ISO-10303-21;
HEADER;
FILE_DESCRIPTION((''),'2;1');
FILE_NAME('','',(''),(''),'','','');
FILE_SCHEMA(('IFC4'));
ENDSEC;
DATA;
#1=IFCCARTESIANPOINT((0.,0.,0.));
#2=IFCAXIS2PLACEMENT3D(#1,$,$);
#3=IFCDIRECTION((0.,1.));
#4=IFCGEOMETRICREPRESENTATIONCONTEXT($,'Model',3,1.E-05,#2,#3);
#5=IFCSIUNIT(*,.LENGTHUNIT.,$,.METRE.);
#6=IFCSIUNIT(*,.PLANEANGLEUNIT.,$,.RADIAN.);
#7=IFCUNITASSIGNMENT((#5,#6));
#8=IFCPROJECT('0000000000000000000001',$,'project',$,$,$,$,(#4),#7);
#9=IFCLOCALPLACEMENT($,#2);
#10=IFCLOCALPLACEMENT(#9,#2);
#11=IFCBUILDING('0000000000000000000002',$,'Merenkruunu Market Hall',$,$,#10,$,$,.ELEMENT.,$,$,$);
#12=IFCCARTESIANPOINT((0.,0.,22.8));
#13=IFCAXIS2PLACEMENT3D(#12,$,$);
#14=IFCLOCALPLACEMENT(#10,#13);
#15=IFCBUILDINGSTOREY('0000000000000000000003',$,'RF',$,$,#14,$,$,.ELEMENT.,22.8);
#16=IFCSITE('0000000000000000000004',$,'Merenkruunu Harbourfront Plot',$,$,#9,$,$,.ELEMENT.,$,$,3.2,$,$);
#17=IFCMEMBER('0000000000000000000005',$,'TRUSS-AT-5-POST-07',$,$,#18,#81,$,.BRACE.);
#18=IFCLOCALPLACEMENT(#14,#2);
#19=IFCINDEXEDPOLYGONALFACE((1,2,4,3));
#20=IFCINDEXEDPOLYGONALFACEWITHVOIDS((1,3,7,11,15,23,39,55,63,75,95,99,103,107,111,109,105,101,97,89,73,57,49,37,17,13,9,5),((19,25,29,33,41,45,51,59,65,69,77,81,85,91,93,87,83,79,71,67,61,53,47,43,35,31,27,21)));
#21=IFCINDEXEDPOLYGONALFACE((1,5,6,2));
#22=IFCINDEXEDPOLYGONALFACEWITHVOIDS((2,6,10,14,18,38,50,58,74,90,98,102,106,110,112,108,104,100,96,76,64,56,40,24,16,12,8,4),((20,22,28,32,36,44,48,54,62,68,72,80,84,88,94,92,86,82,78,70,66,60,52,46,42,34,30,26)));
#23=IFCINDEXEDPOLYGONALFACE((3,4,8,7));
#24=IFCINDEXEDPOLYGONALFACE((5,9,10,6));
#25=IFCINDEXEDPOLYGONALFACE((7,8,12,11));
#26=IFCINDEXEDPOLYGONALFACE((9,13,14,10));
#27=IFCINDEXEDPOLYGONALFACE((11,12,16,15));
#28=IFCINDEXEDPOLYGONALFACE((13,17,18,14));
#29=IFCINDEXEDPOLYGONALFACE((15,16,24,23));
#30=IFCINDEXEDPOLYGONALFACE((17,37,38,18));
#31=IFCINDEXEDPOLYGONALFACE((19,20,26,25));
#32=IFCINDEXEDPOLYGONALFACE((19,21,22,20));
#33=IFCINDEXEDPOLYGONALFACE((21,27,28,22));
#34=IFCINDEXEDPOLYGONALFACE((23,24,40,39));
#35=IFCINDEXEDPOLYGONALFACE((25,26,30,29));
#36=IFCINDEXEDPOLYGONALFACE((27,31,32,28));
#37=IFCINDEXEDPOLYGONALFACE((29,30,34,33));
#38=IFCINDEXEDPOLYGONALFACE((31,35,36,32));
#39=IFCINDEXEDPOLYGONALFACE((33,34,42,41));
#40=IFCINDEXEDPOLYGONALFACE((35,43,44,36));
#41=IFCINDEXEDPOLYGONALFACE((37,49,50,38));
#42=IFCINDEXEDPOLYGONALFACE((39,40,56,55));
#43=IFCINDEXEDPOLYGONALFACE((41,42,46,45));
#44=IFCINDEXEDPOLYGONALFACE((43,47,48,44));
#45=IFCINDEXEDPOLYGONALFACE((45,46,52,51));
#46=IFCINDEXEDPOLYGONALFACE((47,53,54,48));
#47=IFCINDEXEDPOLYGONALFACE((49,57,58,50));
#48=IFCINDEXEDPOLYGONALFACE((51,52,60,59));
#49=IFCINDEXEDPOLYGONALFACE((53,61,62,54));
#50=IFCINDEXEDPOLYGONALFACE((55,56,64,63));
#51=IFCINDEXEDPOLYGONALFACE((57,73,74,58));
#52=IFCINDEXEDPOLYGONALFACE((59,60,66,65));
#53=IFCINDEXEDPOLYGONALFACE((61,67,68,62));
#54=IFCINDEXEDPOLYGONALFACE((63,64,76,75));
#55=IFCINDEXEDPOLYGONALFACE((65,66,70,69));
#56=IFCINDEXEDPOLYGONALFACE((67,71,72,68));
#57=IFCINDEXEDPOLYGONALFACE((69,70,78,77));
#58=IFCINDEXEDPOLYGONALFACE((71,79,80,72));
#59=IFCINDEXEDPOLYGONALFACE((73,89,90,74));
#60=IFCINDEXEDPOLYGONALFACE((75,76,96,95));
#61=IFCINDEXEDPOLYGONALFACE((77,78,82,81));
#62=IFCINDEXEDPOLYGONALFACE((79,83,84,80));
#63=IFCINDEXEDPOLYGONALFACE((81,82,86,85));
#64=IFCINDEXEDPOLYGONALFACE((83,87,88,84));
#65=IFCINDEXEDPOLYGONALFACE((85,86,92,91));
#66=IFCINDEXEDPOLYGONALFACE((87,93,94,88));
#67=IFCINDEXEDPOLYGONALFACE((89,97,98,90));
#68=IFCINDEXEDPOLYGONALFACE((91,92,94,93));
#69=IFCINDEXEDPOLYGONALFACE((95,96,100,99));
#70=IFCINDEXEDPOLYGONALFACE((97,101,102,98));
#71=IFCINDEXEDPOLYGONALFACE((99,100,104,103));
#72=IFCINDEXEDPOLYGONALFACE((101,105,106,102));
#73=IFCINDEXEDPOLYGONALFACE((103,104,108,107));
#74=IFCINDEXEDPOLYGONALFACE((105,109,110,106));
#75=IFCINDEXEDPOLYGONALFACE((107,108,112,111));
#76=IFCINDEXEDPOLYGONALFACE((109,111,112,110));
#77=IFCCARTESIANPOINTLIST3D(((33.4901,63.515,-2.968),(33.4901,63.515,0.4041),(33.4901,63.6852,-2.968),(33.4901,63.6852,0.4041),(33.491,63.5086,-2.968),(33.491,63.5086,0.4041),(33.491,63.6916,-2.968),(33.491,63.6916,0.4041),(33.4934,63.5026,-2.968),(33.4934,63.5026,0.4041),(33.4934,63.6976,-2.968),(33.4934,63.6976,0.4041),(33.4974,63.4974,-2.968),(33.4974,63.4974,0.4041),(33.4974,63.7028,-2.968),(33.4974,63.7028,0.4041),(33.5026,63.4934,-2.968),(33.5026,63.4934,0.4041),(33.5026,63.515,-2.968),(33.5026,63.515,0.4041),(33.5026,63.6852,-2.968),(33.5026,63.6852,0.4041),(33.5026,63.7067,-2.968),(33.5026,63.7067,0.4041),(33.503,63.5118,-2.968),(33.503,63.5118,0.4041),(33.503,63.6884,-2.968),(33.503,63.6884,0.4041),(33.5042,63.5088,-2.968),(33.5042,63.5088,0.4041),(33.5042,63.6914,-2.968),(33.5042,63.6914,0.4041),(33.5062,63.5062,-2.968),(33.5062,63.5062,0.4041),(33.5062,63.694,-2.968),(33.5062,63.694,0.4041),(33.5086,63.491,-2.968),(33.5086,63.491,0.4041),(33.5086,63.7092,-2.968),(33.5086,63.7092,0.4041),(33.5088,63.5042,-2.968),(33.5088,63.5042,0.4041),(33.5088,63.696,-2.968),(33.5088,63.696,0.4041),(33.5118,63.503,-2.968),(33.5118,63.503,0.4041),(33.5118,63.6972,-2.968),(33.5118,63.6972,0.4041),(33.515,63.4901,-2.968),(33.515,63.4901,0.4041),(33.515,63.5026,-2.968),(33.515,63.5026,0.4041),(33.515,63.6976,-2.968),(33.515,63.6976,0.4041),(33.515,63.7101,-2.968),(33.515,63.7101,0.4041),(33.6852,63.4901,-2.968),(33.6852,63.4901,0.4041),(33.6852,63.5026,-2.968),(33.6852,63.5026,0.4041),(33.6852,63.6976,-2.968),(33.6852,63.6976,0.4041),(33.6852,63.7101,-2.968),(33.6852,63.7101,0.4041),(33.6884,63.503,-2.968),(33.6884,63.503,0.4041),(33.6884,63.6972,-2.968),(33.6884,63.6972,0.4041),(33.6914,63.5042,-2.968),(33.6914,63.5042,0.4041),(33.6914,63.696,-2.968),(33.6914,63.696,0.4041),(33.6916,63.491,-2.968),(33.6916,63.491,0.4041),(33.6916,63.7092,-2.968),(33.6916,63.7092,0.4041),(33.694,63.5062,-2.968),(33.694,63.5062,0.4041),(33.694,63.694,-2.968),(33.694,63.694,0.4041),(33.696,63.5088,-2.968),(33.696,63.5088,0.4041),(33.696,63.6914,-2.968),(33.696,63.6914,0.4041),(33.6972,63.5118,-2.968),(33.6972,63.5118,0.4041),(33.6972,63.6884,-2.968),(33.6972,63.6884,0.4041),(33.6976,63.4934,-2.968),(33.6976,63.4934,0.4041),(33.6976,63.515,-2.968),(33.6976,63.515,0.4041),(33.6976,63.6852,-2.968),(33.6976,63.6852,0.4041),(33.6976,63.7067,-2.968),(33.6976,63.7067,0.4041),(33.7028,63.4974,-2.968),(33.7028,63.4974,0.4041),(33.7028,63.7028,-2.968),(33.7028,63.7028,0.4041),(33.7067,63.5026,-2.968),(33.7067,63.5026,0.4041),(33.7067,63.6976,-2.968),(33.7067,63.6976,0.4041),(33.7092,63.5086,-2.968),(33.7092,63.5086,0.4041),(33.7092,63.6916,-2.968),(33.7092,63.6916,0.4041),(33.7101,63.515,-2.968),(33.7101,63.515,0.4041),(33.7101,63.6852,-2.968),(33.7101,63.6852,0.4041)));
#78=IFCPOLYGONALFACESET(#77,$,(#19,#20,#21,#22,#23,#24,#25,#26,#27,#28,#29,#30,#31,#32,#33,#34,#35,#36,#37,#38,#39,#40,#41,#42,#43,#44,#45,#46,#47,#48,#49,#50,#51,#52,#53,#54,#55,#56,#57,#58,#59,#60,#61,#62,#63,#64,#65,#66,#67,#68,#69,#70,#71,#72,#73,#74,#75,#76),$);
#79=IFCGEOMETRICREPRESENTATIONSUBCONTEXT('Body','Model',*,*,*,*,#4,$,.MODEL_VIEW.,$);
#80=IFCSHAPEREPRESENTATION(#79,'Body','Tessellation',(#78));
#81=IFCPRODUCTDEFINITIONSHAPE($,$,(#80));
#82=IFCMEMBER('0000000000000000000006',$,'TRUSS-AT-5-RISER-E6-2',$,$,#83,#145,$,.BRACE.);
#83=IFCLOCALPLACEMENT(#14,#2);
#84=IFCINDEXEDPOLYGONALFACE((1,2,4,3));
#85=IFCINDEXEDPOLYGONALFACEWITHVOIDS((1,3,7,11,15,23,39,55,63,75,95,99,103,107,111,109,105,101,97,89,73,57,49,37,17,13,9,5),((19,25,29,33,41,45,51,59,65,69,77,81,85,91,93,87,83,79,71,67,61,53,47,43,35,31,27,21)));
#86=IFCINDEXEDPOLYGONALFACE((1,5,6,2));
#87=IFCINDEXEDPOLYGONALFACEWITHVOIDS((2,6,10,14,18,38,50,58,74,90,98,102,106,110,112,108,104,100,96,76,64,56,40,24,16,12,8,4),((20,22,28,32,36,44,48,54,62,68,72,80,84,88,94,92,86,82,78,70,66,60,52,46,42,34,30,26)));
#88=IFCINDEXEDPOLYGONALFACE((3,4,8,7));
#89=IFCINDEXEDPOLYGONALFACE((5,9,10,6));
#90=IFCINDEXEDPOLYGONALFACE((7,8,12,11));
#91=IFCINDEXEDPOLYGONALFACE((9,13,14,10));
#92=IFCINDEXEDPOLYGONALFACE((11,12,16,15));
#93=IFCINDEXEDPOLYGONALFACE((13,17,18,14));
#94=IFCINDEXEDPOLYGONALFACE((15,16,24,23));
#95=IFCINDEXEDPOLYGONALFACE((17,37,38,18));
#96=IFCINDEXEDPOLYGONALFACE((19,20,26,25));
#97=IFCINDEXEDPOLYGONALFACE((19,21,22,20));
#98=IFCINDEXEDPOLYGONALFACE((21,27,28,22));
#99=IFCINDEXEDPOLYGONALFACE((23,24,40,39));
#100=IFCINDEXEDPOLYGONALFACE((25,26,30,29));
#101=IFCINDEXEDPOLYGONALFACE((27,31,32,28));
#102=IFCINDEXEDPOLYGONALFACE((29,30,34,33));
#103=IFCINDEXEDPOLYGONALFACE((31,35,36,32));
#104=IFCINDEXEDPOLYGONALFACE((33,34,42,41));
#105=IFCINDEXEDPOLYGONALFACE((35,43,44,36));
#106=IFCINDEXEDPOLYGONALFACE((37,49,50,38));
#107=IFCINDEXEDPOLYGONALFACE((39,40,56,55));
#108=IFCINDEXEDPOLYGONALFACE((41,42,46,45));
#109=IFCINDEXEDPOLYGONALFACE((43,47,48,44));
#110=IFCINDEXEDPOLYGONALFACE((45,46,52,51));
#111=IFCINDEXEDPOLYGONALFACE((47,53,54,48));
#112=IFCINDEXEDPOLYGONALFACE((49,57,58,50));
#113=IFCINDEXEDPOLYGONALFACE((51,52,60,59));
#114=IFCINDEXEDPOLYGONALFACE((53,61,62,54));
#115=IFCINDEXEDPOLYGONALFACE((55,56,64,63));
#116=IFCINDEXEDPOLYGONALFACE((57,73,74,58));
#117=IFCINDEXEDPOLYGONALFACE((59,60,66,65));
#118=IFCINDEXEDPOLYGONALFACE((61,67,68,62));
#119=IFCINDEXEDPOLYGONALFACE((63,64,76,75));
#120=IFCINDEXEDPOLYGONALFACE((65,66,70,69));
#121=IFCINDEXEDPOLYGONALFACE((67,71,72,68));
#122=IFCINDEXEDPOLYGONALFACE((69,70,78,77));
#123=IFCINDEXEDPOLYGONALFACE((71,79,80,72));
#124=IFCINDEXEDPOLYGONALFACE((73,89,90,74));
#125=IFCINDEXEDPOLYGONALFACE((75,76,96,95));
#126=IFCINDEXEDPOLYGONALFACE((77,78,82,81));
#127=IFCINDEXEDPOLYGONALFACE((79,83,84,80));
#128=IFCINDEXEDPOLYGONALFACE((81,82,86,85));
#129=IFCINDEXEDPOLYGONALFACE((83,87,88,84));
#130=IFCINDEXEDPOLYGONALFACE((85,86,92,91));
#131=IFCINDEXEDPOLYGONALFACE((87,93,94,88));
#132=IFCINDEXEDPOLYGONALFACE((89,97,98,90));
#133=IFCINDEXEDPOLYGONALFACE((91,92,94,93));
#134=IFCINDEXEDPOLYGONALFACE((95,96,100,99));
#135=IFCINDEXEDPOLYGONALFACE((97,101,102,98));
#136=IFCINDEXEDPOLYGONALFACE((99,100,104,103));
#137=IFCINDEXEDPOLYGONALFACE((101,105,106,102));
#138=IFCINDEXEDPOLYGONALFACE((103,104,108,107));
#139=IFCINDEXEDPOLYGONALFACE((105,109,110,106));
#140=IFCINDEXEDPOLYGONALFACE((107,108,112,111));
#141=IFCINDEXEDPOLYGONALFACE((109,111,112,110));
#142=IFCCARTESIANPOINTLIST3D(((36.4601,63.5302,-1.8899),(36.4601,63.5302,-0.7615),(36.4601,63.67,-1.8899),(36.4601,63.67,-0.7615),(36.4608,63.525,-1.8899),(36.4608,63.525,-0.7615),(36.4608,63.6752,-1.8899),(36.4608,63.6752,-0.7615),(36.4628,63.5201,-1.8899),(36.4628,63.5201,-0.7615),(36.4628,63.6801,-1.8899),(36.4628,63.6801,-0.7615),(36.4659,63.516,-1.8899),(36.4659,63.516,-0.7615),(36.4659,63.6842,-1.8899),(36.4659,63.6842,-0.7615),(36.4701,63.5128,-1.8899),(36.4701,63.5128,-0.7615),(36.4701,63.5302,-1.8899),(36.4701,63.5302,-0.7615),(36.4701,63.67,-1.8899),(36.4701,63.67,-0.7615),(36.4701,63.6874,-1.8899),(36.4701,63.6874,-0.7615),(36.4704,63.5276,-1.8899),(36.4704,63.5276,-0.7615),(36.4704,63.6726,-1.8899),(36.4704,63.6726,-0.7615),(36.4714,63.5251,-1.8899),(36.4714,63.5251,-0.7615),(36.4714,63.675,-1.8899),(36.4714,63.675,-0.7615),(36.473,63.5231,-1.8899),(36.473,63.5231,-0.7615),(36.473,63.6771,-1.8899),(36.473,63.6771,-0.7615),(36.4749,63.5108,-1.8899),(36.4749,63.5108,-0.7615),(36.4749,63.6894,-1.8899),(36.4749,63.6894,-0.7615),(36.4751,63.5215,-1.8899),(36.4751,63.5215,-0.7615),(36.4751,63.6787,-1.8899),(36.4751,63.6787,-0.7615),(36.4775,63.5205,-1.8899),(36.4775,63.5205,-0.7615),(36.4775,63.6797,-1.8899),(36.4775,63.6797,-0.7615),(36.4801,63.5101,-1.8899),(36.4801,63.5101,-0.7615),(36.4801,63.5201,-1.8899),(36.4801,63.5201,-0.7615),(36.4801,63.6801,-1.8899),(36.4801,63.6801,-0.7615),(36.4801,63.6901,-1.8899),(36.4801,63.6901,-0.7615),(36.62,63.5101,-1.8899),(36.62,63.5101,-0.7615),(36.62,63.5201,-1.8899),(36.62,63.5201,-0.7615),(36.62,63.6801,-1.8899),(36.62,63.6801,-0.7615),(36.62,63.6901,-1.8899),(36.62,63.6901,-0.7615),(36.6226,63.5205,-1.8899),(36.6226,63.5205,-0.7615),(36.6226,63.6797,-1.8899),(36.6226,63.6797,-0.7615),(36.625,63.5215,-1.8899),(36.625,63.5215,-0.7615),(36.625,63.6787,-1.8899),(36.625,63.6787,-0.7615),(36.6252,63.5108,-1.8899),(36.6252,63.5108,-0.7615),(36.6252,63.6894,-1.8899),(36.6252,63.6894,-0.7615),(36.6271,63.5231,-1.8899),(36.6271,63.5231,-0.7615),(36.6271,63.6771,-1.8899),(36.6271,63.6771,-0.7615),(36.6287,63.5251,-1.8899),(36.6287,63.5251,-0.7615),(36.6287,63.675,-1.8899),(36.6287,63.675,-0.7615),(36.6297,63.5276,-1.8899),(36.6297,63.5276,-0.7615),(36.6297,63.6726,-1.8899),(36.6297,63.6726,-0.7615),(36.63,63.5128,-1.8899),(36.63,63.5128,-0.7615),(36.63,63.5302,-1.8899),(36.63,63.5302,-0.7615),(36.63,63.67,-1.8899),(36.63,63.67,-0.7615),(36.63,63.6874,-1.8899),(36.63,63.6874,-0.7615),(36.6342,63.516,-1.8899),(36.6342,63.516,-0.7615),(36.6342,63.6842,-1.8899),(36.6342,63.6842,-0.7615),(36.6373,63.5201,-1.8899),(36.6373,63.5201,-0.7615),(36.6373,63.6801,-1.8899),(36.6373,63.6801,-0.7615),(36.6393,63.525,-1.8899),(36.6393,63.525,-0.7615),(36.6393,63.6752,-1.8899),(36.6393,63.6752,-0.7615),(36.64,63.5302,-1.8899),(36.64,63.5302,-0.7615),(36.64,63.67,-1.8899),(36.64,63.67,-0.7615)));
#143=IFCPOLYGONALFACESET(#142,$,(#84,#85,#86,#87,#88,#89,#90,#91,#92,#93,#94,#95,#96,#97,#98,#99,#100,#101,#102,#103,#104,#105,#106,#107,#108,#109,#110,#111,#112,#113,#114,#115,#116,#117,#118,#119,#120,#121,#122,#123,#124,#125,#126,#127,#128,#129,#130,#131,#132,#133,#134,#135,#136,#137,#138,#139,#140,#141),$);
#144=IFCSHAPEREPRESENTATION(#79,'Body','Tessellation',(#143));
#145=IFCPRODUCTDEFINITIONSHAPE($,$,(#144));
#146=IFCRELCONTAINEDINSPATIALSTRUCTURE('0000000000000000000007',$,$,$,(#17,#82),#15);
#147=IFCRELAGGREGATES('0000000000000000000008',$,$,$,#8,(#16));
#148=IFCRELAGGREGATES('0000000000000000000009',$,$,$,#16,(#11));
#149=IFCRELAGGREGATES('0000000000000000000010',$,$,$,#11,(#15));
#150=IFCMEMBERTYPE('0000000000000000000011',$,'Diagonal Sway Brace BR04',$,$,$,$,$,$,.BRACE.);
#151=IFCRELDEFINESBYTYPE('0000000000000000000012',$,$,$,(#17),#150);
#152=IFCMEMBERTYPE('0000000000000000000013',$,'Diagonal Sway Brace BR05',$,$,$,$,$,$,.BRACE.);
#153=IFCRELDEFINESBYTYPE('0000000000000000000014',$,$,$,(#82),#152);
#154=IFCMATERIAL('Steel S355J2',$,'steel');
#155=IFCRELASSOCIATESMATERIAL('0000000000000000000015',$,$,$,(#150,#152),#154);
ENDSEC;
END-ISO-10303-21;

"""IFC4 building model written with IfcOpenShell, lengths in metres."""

from ifc_helpers import new_model, si_unit, direction, frame, origin, origin_2d, place, context, subcontext, project, spatial, hollow_rectangle, extrude, material, material_profile, profile_set, type_object, element, save


model = new_model("IFC4")

# Units and contexts
model_context = context("Model", 3, precision=1e-05, world=origin(), true_north=direction((0.0, 1.0)))
body_context = subcontext(model_context, "Body", "Model", "MODEL_VIEW")
ifc_project = project(units=[si_unit("LENGTHUNIT", "METRE"), si_unit("PLANEANGLEUNIT", "RADIAN")], contexts=[model_context])

# Site, building, storey
site_placement = place(None, origin())
site = spatial("IfcSite", under=ifc_project, at=site_placement, Name="Merenkruunu Harbourfront Plot", CompositionType="ELEMENT", RefElevation=3.2)
building_placement = place(site_placement, origin())
building = spatial("IfcBuilding", under=site, at=building_placement, Name="Merenkruunu Market Hall", CompositionType="ELEMENT")
storey_placement = place(building_placement, frame((0.0, 0.0, 22.8)))
storey = spatial("IfcBuildingStorey", under=building, at=storey_placement, Name="RF", CompositionType="ELEMENT", Elevation=22.8)

# Members
ifc_material_1 = material(Name="Steel S355J2", Category="steel")
ifc_material_profile_1 = material_profile(ifc_material_1, hollow_rectangle(XDim=0.22, YDim=0.22, WallThickness=0.0125, InnerFilletRadius=0.0125, OuterFilletRadius=0.0249, at=origin_2d()), Name="SHS 220x220x12.5")
ifc_profile_set_1 = profile_set([ifc_material_profile_1], Name="Steel S355J2")
member_type_1 = type_object("IfcMemberType", Name="Diagonal Sway Brace BR04", PredefinedType="BRACE", material=ifc_profile_set_1)
member_1_placement = place(storey_placement, frame((33.6001, 63.6001, -2.968), z_axis=(0.0, 0.0, 1.0), x_axis=(1.0, 0.0, 0.0)))
element("IfcMember", 1, at=member_1_placement, inside=storey, type_object=member_type_1, Name="TRUSS-AT-5-POST-07", PredefinedType="BRACE", context=body_context, shape_type="SweptSolid", body=[
    extrude(hollow_rectangle(XDim=0.22, YDim=0.22, WallThickness=0.0125, InnerFilletRadius=0.0125, OuterFilletRadius=0.0249, at=origin_2d()), origin(), (0.0, 0.0, 1.0), 3.3721),
])
ifc_material_profile_2 = material_profile(ifc_material_1, hollow_rectangle(XDim=0.1799, YDim=0.1799, WallThickness=0.01, InnerFilletRadius=0.01, OuterFilletRadius=0.02, at=origin_2d()), Name="SHS 180x180x10")
ifc_profile_set_2 = profile_set([ifc_material_profile_2], Name="Steel S355J2")
member_type_2 = type_object("IfcMemberType", Name="Diagonal Sway Brace BR05", PredefinedType="BRACE", material=ifc_profile_set_2)
member_2_placement = place(storey_placement, frame((36.55, 63.6001, -1.8899), z_axis=(0.0, 0.0, 1.0), x_axis=(1.0, 0.0, 0.0)))
element("IfcMember", 2, at=member_2_placement, inside=storey, type_object=member_type_2, Name="TRUSS-AT-5-RISER-E6-2", PredefinedType="BRACE", context=body_context, shape_type="SweptSolid", body=[
    extrude(hollow_rectangle(XDim=0.1799, YDim=0.1799, WallThickness=0.01, InnerFilletRadius=0.01, OuterFilletRadius=0.02, at=origin_2d()), origin(), (0.0, 0.0, 1.0), 1.1284),
])

save(model, "model.ifc")
